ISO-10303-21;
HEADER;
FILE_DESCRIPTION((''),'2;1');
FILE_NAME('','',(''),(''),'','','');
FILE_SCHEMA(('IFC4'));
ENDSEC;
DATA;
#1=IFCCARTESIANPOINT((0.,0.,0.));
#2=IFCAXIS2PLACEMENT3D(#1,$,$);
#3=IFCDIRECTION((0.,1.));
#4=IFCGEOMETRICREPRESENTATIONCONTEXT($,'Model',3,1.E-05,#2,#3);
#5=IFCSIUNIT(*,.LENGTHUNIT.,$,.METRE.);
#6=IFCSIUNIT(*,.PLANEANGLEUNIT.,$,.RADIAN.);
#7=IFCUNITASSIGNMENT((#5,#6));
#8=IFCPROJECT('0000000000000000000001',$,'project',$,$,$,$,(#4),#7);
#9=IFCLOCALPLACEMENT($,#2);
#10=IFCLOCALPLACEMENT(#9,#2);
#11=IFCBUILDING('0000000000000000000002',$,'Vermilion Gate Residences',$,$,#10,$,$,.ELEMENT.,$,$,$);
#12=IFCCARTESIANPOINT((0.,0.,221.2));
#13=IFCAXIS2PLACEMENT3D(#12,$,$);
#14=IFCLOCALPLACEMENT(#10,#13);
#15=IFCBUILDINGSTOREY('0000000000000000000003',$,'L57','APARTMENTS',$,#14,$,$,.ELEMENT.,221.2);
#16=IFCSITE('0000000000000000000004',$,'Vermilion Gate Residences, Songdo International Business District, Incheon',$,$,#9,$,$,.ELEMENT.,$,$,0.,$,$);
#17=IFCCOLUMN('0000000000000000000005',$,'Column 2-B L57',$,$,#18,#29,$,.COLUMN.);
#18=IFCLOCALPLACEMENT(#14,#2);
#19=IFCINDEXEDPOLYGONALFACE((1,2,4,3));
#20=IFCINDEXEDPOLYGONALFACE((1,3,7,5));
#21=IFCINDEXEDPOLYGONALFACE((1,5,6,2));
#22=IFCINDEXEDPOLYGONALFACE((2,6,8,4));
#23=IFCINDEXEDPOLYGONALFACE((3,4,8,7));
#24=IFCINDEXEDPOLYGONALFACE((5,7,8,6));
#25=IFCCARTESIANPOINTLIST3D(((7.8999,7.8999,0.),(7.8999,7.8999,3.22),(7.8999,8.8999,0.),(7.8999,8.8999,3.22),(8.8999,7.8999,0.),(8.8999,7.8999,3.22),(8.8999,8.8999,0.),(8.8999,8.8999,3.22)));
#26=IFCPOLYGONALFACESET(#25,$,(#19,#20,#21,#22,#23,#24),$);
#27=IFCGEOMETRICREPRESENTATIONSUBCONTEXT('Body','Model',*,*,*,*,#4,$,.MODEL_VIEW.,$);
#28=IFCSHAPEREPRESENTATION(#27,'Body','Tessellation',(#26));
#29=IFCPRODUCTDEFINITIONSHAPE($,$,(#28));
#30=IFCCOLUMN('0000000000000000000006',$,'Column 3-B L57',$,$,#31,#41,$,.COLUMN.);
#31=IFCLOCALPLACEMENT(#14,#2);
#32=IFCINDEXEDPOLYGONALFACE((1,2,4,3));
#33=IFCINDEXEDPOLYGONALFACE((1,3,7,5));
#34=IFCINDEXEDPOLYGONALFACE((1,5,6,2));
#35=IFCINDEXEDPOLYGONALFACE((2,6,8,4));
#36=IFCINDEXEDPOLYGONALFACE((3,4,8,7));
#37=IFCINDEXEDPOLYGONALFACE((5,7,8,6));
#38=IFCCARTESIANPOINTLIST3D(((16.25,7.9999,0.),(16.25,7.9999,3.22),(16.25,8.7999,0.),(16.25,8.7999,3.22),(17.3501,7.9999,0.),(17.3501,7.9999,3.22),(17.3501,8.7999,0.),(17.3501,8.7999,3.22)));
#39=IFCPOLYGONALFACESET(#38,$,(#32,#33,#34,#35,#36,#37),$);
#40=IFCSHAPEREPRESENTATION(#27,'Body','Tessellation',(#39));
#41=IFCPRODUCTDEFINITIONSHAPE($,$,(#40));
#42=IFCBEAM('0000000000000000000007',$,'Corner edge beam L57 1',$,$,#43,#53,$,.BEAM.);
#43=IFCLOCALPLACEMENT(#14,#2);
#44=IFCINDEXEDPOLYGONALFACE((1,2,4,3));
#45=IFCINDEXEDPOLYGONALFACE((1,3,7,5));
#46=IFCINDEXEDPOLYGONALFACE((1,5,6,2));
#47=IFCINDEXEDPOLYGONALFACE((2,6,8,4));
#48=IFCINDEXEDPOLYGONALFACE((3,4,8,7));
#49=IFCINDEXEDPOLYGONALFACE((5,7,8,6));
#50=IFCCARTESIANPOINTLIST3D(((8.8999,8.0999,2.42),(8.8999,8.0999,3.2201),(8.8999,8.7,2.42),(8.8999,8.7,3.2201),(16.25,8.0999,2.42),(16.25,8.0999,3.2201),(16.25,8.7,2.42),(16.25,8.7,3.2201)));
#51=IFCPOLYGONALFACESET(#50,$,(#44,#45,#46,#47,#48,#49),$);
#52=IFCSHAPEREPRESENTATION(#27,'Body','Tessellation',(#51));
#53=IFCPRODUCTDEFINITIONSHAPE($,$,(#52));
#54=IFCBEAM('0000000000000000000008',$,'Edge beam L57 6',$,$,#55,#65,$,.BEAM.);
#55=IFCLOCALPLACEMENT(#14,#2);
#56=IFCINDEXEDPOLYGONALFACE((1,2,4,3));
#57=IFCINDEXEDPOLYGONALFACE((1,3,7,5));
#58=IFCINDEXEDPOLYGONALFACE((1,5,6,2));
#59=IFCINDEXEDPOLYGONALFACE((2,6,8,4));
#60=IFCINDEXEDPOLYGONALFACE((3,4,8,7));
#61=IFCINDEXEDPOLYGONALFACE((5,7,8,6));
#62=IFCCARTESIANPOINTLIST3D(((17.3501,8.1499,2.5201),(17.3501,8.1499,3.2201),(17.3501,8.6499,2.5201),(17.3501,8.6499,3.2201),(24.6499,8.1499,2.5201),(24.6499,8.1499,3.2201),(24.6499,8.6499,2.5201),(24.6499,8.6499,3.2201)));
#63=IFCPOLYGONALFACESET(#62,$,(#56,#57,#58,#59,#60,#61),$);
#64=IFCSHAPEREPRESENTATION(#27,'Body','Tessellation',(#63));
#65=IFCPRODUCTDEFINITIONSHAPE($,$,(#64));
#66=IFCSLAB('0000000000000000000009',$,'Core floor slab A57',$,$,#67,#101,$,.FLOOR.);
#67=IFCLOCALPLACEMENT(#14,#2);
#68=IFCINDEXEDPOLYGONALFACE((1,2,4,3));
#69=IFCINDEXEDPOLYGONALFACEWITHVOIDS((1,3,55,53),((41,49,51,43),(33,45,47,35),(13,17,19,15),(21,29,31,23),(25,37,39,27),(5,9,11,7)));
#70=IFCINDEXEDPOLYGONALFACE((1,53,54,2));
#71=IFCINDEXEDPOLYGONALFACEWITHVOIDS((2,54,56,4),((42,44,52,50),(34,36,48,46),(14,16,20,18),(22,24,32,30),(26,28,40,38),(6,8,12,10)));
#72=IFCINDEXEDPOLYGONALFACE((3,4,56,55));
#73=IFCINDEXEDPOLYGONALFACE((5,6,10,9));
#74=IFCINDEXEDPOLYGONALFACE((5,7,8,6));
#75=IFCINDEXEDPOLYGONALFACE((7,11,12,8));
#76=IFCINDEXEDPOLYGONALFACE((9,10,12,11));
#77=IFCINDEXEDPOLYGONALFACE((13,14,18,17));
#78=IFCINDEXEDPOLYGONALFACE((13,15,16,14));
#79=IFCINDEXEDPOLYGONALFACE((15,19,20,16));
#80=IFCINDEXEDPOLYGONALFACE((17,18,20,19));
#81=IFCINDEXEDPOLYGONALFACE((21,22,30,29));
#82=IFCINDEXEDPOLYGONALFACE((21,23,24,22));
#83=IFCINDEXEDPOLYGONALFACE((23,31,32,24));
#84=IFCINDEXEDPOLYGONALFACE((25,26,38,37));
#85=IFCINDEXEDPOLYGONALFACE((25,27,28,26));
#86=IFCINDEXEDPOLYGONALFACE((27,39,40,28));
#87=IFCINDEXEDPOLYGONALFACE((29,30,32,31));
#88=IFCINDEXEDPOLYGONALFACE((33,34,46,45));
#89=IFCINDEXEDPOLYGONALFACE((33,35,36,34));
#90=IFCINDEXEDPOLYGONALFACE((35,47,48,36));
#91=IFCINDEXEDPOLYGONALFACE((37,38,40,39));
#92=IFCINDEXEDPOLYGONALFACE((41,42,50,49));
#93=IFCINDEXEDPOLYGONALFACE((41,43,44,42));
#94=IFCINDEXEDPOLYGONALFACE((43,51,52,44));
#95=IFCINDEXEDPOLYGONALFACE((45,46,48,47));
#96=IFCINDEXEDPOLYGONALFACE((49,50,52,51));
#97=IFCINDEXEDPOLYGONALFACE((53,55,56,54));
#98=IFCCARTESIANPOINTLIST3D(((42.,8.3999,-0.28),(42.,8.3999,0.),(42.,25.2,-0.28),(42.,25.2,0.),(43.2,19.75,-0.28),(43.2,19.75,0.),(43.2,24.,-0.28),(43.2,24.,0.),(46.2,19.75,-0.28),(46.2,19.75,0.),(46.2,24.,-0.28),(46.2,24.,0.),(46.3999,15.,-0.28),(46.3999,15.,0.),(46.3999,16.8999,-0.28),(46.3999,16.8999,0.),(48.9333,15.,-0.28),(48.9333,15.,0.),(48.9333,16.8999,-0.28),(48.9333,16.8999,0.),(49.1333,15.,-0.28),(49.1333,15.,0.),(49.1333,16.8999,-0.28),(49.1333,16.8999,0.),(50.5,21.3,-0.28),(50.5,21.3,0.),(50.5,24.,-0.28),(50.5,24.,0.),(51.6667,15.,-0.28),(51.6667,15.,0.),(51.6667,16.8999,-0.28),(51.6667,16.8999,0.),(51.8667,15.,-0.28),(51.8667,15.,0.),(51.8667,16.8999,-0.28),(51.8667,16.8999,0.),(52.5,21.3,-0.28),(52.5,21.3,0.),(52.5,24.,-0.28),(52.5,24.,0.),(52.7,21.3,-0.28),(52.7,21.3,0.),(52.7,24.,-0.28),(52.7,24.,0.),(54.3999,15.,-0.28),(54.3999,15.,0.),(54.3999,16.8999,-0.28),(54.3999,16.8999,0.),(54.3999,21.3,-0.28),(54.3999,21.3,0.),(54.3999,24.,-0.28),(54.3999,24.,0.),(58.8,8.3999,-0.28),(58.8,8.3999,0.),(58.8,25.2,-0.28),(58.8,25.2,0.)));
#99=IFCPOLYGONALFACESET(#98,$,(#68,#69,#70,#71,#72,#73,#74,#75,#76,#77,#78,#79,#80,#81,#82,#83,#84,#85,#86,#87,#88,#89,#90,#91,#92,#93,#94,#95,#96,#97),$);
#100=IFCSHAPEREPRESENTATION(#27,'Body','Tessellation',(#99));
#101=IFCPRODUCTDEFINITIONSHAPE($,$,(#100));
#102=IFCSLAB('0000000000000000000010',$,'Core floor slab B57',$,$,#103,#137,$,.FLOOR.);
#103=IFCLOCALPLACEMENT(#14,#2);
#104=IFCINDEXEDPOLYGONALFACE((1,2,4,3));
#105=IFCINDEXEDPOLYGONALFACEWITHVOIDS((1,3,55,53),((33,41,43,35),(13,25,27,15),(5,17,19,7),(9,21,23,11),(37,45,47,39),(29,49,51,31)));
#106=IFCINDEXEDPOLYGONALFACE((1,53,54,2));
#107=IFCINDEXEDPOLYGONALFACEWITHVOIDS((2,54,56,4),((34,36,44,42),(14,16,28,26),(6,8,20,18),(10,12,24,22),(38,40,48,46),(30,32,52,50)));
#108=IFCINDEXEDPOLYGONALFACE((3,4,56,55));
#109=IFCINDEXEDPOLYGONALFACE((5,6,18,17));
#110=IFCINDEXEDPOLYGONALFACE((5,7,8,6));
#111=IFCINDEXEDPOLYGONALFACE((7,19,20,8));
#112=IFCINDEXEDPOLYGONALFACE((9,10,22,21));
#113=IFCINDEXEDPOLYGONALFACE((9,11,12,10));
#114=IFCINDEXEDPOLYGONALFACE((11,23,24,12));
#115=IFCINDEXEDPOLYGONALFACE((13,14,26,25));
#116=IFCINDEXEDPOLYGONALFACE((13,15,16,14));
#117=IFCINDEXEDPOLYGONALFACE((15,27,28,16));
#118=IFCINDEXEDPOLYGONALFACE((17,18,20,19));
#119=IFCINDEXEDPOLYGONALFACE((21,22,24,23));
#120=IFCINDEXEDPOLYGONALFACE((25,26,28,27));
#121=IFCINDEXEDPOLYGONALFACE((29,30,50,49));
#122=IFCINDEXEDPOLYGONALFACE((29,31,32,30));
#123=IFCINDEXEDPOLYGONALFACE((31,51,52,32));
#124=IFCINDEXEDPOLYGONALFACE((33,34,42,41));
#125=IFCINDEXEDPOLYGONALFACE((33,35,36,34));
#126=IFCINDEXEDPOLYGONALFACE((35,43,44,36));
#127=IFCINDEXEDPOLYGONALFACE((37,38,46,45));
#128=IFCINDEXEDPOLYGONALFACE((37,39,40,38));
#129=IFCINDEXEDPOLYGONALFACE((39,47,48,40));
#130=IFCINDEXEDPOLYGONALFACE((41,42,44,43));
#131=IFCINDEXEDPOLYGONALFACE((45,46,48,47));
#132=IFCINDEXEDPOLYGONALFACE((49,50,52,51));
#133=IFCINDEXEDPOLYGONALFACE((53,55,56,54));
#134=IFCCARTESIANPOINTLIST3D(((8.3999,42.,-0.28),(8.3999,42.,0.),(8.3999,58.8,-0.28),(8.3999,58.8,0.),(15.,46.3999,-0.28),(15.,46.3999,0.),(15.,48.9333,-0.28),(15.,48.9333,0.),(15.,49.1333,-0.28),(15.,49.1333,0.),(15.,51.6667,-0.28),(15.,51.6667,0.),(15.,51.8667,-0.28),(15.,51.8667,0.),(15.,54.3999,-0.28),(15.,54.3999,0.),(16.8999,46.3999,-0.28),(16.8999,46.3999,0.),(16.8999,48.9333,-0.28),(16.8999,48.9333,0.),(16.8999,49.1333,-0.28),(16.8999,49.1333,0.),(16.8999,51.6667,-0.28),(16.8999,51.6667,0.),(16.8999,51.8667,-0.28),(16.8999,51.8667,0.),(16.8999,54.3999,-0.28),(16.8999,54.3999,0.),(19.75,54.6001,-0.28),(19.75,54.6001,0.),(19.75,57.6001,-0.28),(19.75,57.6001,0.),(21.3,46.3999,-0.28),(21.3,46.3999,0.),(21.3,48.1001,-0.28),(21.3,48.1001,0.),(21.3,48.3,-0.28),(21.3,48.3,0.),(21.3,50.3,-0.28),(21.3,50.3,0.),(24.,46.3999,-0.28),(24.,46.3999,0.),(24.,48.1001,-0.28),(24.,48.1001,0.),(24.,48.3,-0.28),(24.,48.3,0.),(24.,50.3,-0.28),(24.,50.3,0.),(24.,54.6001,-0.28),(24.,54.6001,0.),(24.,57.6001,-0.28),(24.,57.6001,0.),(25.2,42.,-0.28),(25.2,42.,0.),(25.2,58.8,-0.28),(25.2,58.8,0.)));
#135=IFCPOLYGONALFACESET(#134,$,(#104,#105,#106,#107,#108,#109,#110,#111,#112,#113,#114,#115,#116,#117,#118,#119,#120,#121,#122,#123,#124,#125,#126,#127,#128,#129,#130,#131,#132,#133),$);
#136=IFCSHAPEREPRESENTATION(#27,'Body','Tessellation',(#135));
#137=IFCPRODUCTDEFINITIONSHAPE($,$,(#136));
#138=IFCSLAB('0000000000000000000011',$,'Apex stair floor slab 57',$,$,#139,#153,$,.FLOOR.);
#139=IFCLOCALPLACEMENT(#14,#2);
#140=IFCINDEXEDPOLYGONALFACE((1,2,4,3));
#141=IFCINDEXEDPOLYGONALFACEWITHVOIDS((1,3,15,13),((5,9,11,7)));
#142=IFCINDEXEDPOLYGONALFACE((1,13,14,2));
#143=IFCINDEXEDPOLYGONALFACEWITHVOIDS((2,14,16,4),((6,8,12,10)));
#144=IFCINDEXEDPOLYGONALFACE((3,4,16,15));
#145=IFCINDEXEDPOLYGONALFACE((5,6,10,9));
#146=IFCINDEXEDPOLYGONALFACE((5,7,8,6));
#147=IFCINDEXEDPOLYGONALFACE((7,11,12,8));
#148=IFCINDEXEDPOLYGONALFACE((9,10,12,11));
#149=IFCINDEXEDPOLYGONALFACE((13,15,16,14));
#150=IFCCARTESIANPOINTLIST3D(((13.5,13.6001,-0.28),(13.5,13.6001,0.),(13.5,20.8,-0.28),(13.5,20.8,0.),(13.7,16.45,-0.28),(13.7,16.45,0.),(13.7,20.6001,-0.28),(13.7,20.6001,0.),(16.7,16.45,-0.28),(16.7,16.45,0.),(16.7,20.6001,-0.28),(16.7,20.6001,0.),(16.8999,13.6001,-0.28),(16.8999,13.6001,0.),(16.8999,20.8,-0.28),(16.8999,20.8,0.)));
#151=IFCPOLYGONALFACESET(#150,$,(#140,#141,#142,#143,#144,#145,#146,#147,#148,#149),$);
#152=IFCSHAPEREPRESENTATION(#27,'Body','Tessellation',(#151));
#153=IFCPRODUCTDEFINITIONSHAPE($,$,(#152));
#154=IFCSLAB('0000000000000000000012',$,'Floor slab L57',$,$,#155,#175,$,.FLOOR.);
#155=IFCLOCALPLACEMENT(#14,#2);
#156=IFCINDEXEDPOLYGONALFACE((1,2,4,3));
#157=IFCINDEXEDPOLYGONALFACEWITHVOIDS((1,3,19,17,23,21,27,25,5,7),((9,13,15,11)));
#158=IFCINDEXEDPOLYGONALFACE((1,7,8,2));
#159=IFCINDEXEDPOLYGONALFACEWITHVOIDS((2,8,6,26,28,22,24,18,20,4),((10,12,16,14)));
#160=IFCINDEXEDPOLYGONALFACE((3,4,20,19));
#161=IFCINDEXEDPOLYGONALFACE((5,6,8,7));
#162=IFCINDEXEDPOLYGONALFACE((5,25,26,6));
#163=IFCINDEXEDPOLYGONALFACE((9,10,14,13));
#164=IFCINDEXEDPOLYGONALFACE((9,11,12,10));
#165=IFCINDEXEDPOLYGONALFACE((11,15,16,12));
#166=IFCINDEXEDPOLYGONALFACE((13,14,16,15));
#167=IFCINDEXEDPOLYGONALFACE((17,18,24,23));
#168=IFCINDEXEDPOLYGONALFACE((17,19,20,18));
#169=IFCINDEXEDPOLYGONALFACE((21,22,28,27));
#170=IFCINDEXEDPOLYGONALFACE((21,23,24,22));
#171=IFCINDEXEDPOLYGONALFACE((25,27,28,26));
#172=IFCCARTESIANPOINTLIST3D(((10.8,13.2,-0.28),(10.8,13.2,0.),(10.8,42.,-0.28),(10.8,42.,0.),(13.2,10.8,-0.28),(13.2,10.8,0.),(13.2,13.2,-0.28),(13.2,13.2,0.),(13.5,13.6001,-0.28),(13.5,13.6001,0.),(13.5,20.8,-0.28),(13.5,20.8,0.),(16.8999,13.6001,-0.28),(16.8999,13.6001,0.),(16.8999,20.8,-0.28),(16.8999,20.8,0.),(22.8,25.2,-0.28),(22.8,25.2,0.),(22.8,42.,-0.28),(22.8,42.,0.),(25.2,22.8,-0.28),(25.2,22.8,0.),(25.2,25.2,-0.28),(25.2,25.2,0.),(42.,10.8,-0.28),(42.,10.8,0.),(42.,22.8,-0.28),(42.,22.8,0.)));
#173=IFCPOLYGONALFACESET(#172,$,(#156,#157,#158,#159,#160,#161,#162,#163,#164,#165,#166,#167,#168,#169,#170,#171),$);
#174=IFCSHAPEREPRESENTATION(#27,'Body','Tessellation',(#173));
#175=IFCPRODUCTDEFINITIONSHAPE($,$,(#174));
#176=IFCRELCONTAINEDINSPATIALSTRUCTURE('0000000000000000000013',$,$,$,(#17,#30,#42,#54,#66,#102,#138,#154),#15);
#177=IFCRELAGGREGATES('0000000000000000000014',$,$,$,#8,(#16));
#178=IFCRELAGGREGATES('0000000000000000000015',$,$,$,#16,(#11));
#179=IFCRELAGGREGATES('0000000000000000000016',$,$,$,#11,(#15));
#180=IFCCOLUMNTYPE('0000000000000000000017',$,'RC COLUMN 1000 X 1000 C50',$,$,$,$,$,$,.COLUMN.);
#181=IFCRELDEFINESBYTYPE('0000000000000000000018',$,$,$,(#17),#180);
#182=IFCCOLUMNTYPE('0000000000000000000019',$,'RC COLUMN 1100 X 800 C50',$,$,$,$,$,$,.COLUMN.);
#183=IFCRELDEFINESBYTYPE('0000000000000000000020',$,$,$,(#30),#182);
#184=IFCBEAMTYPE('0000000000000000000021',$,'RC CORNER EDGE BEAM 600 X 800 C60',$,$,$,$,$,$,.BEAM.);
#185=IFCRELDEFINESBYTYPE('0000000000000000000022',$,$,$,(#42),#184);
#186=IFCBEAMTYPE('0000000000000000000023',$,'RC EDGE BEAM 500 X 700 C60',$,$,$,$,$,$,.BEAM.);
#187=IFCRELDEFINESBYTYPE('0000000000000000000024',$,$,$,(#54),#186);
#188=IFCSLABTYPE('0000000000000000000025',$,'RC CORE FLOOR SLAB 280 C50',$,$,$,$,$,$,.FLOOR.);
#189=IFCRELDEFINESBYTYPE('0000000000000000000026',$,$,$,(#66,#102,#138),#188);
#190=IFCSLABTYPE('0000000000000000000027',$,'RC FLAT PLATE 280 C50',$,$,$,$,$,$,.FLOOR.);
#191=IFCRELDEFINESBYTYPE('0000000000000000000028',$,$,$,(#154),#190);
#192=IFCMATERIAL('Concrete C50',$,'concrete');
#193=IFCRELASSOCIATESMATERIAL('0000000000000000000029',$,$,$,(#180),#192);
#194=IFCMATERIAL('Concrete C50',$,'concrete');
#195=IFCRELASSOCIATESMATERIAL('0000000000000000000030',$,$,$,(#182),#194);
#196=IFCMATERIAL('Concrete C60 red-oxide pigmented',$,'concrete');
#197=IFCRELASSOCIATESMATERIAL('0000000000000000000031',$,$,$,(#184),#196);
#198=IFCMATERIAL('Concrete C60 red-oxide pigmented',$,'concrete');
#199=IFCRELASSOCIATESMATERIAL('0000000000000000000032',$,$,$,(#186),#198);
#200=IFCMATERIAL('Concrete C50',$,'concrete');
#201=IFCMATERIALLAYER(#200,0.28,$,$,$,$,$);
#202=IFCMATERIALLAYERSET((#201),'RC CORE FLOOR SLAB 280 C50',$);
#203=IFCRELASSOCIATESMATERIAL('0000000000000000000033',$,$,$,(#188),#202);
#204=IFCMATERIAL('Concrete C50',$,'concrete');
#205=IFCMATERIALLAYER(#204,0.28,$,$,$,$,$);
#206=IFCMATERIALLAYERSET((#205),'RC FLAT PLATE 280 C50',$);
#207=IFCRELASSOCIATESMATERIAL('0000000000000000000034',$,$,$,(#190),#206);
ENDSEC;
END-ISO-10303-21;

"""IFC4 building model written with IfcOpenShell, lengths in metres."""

from ifc_helpers import new_model, si_unit, direction, frame, origin, origin_2d, place, context, subcontext, project, spatial, polyline, rectangle, outline, extrude, material, layer, layer_set, material_profile, profile_set, type_object, element, save


model = new_model("IFC4")

# Units and contexts
model_context = context("Model", 3, precision=1e-05, world=origin(), true_north=direction((0.0, 1.0)))
body_context = subcontext(model_context, "Body", "Model", "MODEL_VIEW")
ifc_project = project(units=[si_unit("LENGTHUNIT", "METRE"), si_unit("PLANEANGLEUNIT", "RADIAN")], contexts=[model_context])

# Site, building, storey
site_placement = place(None, origin())
site = spatial("IfcSite", under=ifc_project, at=site_placement, Name="Vermilion Gate Residences, Songdo International Business District, Incheon", CompositionType="ELEMENT", RefElevation=0.0)
building_placement = place(site_placement, origin())
building = spatial("IfcBuilding", under=site, at=building_placement, Name="Vermilion Gate Residences", CompositionType="ELEMENT")
storey_placement = place(building_placement, frame((0.0, 0.0, 221.2)))
storey = spatial("IfcBuildingStorey", under=building, at=storey_placement, Name="L57", Description="APARTMENTS", CompositionType="ELEMENT", Elevation=221.2)

# Columns
ifc_material_1 = material(Name="Concrete C50", Category="concrete")
ifc_material_profile_1 = material_profile(ifc_material_1, rectangle(XDim=1.0, YDim=1.0, at=origin_2d()), Name="RC-1000x1000")
ifc_profile_set_1 = profile_set([ifc_material_profile_1], Name="Concrete C50")
column_type_1 = type_object("IfcColumnType", Name="RC COLUMN 1000 X 1000 C50", PredefinedType="COLUMN", material=ifc_profile_set_1)
column_1_placement = place(storey_placement, frame((8.3999, 8.3999, 0.0), z_axis=(0.0, 0.0, 1.0), x_axis=(1.0, 0.0, 0.0)))
element("IfcColumn", 1, at=column_1_placement, inside=storey, type_object=column_type_1, Name="Column 2-B L57", PredefinedType="COLUMN", context=body_context, shape_type="SweptSolid", body=[
    extrude(rectangle(XDim=1.0, YDim=1.0, at=origin_2d()), origin(), (0.0, 0.0, 1.0), 3.22),
])
ifc_material_2 = material(Name="Concrete C50", Category="concrete")
ifc_material_profile_2 = material_profile(ifc_material_2, rectangle(XDim=1.1001, YDim=0.8, at=origin_2d()), Name="RC-1100x800")
ifc_profile_set_2 = profile_set([ifc_material_profile_2], Name="Concrete C50")
column_type_2 = type_object("IfcColumnType", Name="RC COLUMN 1100 X 800 C50", PredefinedType="COLUMN", material=ifc_profile_set_2)
column_2_placement = place(storey_placement, frame((16.8, 8.3999, 0.0), z_axis=(0.0, 0.0, 1.0), x_axis=(1.0, 0.0, 0.0)))
element("IfcColumn", 2, at=column_2_placement, inside=storey, type_object=column_type_2, Name="Column 3-B L57", PredefinedType="COLUMN", context=body_context, shape_type="SweptSolid", body=[
    extrude(rectangle(XDim=1.1001, YDim=0.8, at=origin_2d()), origin(), (0.0, 0.0, 1.0), 3.22),
])

# Beams
ifc_material_3 = material(Name="Concrete C60 red-oxide pigmented", Category="concrete")
ifc_material_profile_3 = material_profile(ifc_material_3, rectangle(XDim=0.6001, YDim=0.8, at=origin_2d()), Name="RC-600x800")
ifc_profile_set_3 = profile_set([ifc_material_profile_3], Name="Concrete C60 red-oxide pigmented")
beam_type_1 = type_object("IfcBeamType", Name="RC CORNER EDGE BEAM 600 X 800 C60", PredefinedType="BEAM", material=ifc_profile_set_3)
beam_1_placement = place(storey_placement, frame((8.8999, 8.3999, 2.8201), z_axis=(1.0, 0.0, 0.0), x_axis=(0.0, 1.0, 0.0)))
element("IfcBeam", 3, at=beam_1_placement, inside=storey, type_object=beam_type_1, Name="Corner edge beam L57 1", PredefinedType="BEAM", context=body_context, shape_type="SweptSolid", body=[
    extrude(rectangle(XDim=0.6001, YDim=0.8, at=origin_2d()), origin(), (0.0, 0.0, 1.0), 7.3501),
])
ifc_material_4 = material(Name="Concrete C60 red-oxide pigmented", Category="concrete")
ifc_material_profile_4 = material_profile(ifc_material_4, rectangle(XDim=0.5, YDim=0.7, at=origin_2d()), Name="RC-500x700")
ifc_profile_set_4 = profile_set([ifc_material_profile_4], Name="Concrete C60 red-oxide pigmented")
beam_type_2 = type_object("IfcBeamType", Name="RC EDGE BEAM 500 X 700 C60", PredefinedType="BEAM", material=ifc_profile_set_4)
beam_2_placement = place(storey_placement, frame((17.3501, 8.3999, 2.8701), z_axis=(1.0, 0.0, 0.0), x_axis=(0.0, 1.0, 0.0)))
element("IfcBeam", 4, at=beam_2_placement, inside=storey, type_object=beam_type_2, Name="Edge beam L57 6", PredefinedType="BEAM", context=body_context, shape_type="SweptSolid", body=[
    extrude(rectangle(XDim=0.5, YDim=0.7, at=origin_2d()), origin(), (0.0, 0.0, 1.0), 7.2998),
])

# Slabs
ifc_material_5 = material(Name="Concrete C50", Category="concrete")
ifc_layer_1 = layer(ifc_material_5, 0.28)
ifc_layer_set_1 = layer_set([ifc_layer_1], Name="RC CORE FLOOR SLAB 280 C50")
slab_type_1 = type_object("IfcSlabType", Name="RC CORE FLOOR SLAB 280 C50", PredefinedType="FLOOR", material=ifc_layer_set_1)
slab_1_placement = place(storey_placement, frame((0.0, 0.0, -0.28)))
element("IfcSlab", 5, at=slab_1_placement, inside=storey, type_object=slab_type_1, Name="Core floor slab A57", PredefinedType="FLOOR", context=body_context, shape_type="SweptSolid", body=[
    extrude(outline(polyline([(42.0, 8.3999), (58.8, 8.3999), (58.8, 25.2), (42.0, 25.2), (42.0, 8.3999)]), holes=[polyline([(46.3999, 15.0), (46.3999, 16.8999), (48.9333, 16.8999), (48.9333, 15.0), (46.3999, 15.0)]), polyline([(49.1333, 16.8999), (51.6667, 16.8999), (51.6667, 15.0), (49.1333, 15.0), (49.1333, 16.8999)]), polyline([(51.8667, 16.8999), (54.3999, 16.8999), (54.3999, 15.0), (51.8667, 15.0), (51.8667, 16.8999)]), polyline([(43.2, 19.75), (43.2, 24.0), (46.2, 24.0), (46.2, 19.75), (43.2, 19.75)]), polyline([(50.5, 24.0), (52.5, 24.0), (52.5, 21.3), (50.5, 21.3), (50.5, 24.0)]), polyline([(52.7, 24.0), (54.3999, 24.0), (54.3999, 21.3), (52.7, 21.3), (52.7, 24.0)])]), origin(), (0.0, 0.0, 1.0), 0.28),
])
slab_2_placement = place(storey_placement, frame((0.0, 0.0, -0.28)))
element("IfcSlab", 6, at=slab_2_placement, inside=storey, type_object=slab_type_1, Name="Core floor slab B57", PredefinedType="FLOOR", context=body_context, shape_type="SweptSolid", body=[
    extrude(outline(polyline([(8.3999, 42.0), (25.2, 42.0), (25.2, 58.8), (8.3999, 58.8), (8.3999, 42.0)]), holes=[polyline([(21.3, 46.3999), (21.3, 48.1001), (24.0, 48.1001), (24.0, 46.3999), (21.3, 46.3999)]), polyline([(15.0, 48.9333), (16.8999, 48.9333), (16.8999, 46.3999), (15.0, 46.3999), (15.0, 48.9333)]), polyline([(21.3, 50.3), (24.0, 50.3), (24.0, 48.3), (21.3, 48.3), (21.3, 50.3)]), polyline([(15.0, 49.1333), (15.0, 51.6667), (16.8999, 51.6667), (16.8999, 49.1333), (15.0, 49.1333)]), polyline([(15.0, 54.3999), (16.8999, 54.3999), (16.8999, 51.8667), (15.0, 51.8667), (15.0, 54.3999)]), polyline([(19.75, 57.6001), (24.0, 57.6001), (24.0, 54.6001), (19.75, 54.6001), (19.75, 57.6001)])]), origin(), (0.0, 0.0, 1.0), 0.28),
])
slab_3_placement = place(storey_placement, frame((0.0, 0.0, -0.28)))
element("IfcSlab", 7, at=slab_3_placement, inside=storey, type_object=slab_type_1, Name="Apex stair floor slab 57", PredefinedType="FLOOR", context=body_context, shape_type="SweptSolid", body=[
    extrude(outline(polyline([(13.5, 13.6001), (16.8999, 13.6001), (16.8999, 20.8), (13.5, 20.8), (13.5, 13.6001)]), holes=[polyline([(16.7, 20.6001), (16.7, 16.45), (13.7, 16.45), (13.7, 20.6001), (16.7, 20.6001)])]), origin(), (0.0, 0.0, 1.0), 0.28),
])
ifc_material_6 = material(Name="Concrete C50", Category="concrete")
ifc_layer_2 = layer(ifc_material_6, 0.28)
ifc_layer_set_2 = layer_set([ifc_layer_2], Name="RC FLAT PLATE 280 C50")
slab_type_2 = type_object("IfcSlabType", Name="RC FLAT PLATE 280 C50", PredefinedType="FLOOR", material=ifc_layer_set_2)
slab_4_placement = place(storey_placement, frame((0.0, 0.0, -0.28)))
element("IfcSlab", 8, at=slab_4_placement, inside=storey, type_object=slab_type_2, Name="Floor slab L57", PredefinedType="FLOOR", context=body_context, shape_type="SweptSolid", body=[
    extrude(outline(polyline([(22.8, 25.2), (22.8, 42.0), (10.8, 42.0), (10.8, 13.2), (13.2, 13.2), (13.2, 10.8), (42.0, 10.8), (42.0, 22.8), (25.2, 22.8), (25.2, 25.2), (22.8, 25.2)]), holes=[polyline([(13.5, 13.6001), (13.5, 20.8), (16.8999, 20.8), (16.8999, 13.6001), (13.5, 13.6001)])]), origin(), (0.0, 0.0, 1.0), 0.28),
])

save(model, "model.ifc")
